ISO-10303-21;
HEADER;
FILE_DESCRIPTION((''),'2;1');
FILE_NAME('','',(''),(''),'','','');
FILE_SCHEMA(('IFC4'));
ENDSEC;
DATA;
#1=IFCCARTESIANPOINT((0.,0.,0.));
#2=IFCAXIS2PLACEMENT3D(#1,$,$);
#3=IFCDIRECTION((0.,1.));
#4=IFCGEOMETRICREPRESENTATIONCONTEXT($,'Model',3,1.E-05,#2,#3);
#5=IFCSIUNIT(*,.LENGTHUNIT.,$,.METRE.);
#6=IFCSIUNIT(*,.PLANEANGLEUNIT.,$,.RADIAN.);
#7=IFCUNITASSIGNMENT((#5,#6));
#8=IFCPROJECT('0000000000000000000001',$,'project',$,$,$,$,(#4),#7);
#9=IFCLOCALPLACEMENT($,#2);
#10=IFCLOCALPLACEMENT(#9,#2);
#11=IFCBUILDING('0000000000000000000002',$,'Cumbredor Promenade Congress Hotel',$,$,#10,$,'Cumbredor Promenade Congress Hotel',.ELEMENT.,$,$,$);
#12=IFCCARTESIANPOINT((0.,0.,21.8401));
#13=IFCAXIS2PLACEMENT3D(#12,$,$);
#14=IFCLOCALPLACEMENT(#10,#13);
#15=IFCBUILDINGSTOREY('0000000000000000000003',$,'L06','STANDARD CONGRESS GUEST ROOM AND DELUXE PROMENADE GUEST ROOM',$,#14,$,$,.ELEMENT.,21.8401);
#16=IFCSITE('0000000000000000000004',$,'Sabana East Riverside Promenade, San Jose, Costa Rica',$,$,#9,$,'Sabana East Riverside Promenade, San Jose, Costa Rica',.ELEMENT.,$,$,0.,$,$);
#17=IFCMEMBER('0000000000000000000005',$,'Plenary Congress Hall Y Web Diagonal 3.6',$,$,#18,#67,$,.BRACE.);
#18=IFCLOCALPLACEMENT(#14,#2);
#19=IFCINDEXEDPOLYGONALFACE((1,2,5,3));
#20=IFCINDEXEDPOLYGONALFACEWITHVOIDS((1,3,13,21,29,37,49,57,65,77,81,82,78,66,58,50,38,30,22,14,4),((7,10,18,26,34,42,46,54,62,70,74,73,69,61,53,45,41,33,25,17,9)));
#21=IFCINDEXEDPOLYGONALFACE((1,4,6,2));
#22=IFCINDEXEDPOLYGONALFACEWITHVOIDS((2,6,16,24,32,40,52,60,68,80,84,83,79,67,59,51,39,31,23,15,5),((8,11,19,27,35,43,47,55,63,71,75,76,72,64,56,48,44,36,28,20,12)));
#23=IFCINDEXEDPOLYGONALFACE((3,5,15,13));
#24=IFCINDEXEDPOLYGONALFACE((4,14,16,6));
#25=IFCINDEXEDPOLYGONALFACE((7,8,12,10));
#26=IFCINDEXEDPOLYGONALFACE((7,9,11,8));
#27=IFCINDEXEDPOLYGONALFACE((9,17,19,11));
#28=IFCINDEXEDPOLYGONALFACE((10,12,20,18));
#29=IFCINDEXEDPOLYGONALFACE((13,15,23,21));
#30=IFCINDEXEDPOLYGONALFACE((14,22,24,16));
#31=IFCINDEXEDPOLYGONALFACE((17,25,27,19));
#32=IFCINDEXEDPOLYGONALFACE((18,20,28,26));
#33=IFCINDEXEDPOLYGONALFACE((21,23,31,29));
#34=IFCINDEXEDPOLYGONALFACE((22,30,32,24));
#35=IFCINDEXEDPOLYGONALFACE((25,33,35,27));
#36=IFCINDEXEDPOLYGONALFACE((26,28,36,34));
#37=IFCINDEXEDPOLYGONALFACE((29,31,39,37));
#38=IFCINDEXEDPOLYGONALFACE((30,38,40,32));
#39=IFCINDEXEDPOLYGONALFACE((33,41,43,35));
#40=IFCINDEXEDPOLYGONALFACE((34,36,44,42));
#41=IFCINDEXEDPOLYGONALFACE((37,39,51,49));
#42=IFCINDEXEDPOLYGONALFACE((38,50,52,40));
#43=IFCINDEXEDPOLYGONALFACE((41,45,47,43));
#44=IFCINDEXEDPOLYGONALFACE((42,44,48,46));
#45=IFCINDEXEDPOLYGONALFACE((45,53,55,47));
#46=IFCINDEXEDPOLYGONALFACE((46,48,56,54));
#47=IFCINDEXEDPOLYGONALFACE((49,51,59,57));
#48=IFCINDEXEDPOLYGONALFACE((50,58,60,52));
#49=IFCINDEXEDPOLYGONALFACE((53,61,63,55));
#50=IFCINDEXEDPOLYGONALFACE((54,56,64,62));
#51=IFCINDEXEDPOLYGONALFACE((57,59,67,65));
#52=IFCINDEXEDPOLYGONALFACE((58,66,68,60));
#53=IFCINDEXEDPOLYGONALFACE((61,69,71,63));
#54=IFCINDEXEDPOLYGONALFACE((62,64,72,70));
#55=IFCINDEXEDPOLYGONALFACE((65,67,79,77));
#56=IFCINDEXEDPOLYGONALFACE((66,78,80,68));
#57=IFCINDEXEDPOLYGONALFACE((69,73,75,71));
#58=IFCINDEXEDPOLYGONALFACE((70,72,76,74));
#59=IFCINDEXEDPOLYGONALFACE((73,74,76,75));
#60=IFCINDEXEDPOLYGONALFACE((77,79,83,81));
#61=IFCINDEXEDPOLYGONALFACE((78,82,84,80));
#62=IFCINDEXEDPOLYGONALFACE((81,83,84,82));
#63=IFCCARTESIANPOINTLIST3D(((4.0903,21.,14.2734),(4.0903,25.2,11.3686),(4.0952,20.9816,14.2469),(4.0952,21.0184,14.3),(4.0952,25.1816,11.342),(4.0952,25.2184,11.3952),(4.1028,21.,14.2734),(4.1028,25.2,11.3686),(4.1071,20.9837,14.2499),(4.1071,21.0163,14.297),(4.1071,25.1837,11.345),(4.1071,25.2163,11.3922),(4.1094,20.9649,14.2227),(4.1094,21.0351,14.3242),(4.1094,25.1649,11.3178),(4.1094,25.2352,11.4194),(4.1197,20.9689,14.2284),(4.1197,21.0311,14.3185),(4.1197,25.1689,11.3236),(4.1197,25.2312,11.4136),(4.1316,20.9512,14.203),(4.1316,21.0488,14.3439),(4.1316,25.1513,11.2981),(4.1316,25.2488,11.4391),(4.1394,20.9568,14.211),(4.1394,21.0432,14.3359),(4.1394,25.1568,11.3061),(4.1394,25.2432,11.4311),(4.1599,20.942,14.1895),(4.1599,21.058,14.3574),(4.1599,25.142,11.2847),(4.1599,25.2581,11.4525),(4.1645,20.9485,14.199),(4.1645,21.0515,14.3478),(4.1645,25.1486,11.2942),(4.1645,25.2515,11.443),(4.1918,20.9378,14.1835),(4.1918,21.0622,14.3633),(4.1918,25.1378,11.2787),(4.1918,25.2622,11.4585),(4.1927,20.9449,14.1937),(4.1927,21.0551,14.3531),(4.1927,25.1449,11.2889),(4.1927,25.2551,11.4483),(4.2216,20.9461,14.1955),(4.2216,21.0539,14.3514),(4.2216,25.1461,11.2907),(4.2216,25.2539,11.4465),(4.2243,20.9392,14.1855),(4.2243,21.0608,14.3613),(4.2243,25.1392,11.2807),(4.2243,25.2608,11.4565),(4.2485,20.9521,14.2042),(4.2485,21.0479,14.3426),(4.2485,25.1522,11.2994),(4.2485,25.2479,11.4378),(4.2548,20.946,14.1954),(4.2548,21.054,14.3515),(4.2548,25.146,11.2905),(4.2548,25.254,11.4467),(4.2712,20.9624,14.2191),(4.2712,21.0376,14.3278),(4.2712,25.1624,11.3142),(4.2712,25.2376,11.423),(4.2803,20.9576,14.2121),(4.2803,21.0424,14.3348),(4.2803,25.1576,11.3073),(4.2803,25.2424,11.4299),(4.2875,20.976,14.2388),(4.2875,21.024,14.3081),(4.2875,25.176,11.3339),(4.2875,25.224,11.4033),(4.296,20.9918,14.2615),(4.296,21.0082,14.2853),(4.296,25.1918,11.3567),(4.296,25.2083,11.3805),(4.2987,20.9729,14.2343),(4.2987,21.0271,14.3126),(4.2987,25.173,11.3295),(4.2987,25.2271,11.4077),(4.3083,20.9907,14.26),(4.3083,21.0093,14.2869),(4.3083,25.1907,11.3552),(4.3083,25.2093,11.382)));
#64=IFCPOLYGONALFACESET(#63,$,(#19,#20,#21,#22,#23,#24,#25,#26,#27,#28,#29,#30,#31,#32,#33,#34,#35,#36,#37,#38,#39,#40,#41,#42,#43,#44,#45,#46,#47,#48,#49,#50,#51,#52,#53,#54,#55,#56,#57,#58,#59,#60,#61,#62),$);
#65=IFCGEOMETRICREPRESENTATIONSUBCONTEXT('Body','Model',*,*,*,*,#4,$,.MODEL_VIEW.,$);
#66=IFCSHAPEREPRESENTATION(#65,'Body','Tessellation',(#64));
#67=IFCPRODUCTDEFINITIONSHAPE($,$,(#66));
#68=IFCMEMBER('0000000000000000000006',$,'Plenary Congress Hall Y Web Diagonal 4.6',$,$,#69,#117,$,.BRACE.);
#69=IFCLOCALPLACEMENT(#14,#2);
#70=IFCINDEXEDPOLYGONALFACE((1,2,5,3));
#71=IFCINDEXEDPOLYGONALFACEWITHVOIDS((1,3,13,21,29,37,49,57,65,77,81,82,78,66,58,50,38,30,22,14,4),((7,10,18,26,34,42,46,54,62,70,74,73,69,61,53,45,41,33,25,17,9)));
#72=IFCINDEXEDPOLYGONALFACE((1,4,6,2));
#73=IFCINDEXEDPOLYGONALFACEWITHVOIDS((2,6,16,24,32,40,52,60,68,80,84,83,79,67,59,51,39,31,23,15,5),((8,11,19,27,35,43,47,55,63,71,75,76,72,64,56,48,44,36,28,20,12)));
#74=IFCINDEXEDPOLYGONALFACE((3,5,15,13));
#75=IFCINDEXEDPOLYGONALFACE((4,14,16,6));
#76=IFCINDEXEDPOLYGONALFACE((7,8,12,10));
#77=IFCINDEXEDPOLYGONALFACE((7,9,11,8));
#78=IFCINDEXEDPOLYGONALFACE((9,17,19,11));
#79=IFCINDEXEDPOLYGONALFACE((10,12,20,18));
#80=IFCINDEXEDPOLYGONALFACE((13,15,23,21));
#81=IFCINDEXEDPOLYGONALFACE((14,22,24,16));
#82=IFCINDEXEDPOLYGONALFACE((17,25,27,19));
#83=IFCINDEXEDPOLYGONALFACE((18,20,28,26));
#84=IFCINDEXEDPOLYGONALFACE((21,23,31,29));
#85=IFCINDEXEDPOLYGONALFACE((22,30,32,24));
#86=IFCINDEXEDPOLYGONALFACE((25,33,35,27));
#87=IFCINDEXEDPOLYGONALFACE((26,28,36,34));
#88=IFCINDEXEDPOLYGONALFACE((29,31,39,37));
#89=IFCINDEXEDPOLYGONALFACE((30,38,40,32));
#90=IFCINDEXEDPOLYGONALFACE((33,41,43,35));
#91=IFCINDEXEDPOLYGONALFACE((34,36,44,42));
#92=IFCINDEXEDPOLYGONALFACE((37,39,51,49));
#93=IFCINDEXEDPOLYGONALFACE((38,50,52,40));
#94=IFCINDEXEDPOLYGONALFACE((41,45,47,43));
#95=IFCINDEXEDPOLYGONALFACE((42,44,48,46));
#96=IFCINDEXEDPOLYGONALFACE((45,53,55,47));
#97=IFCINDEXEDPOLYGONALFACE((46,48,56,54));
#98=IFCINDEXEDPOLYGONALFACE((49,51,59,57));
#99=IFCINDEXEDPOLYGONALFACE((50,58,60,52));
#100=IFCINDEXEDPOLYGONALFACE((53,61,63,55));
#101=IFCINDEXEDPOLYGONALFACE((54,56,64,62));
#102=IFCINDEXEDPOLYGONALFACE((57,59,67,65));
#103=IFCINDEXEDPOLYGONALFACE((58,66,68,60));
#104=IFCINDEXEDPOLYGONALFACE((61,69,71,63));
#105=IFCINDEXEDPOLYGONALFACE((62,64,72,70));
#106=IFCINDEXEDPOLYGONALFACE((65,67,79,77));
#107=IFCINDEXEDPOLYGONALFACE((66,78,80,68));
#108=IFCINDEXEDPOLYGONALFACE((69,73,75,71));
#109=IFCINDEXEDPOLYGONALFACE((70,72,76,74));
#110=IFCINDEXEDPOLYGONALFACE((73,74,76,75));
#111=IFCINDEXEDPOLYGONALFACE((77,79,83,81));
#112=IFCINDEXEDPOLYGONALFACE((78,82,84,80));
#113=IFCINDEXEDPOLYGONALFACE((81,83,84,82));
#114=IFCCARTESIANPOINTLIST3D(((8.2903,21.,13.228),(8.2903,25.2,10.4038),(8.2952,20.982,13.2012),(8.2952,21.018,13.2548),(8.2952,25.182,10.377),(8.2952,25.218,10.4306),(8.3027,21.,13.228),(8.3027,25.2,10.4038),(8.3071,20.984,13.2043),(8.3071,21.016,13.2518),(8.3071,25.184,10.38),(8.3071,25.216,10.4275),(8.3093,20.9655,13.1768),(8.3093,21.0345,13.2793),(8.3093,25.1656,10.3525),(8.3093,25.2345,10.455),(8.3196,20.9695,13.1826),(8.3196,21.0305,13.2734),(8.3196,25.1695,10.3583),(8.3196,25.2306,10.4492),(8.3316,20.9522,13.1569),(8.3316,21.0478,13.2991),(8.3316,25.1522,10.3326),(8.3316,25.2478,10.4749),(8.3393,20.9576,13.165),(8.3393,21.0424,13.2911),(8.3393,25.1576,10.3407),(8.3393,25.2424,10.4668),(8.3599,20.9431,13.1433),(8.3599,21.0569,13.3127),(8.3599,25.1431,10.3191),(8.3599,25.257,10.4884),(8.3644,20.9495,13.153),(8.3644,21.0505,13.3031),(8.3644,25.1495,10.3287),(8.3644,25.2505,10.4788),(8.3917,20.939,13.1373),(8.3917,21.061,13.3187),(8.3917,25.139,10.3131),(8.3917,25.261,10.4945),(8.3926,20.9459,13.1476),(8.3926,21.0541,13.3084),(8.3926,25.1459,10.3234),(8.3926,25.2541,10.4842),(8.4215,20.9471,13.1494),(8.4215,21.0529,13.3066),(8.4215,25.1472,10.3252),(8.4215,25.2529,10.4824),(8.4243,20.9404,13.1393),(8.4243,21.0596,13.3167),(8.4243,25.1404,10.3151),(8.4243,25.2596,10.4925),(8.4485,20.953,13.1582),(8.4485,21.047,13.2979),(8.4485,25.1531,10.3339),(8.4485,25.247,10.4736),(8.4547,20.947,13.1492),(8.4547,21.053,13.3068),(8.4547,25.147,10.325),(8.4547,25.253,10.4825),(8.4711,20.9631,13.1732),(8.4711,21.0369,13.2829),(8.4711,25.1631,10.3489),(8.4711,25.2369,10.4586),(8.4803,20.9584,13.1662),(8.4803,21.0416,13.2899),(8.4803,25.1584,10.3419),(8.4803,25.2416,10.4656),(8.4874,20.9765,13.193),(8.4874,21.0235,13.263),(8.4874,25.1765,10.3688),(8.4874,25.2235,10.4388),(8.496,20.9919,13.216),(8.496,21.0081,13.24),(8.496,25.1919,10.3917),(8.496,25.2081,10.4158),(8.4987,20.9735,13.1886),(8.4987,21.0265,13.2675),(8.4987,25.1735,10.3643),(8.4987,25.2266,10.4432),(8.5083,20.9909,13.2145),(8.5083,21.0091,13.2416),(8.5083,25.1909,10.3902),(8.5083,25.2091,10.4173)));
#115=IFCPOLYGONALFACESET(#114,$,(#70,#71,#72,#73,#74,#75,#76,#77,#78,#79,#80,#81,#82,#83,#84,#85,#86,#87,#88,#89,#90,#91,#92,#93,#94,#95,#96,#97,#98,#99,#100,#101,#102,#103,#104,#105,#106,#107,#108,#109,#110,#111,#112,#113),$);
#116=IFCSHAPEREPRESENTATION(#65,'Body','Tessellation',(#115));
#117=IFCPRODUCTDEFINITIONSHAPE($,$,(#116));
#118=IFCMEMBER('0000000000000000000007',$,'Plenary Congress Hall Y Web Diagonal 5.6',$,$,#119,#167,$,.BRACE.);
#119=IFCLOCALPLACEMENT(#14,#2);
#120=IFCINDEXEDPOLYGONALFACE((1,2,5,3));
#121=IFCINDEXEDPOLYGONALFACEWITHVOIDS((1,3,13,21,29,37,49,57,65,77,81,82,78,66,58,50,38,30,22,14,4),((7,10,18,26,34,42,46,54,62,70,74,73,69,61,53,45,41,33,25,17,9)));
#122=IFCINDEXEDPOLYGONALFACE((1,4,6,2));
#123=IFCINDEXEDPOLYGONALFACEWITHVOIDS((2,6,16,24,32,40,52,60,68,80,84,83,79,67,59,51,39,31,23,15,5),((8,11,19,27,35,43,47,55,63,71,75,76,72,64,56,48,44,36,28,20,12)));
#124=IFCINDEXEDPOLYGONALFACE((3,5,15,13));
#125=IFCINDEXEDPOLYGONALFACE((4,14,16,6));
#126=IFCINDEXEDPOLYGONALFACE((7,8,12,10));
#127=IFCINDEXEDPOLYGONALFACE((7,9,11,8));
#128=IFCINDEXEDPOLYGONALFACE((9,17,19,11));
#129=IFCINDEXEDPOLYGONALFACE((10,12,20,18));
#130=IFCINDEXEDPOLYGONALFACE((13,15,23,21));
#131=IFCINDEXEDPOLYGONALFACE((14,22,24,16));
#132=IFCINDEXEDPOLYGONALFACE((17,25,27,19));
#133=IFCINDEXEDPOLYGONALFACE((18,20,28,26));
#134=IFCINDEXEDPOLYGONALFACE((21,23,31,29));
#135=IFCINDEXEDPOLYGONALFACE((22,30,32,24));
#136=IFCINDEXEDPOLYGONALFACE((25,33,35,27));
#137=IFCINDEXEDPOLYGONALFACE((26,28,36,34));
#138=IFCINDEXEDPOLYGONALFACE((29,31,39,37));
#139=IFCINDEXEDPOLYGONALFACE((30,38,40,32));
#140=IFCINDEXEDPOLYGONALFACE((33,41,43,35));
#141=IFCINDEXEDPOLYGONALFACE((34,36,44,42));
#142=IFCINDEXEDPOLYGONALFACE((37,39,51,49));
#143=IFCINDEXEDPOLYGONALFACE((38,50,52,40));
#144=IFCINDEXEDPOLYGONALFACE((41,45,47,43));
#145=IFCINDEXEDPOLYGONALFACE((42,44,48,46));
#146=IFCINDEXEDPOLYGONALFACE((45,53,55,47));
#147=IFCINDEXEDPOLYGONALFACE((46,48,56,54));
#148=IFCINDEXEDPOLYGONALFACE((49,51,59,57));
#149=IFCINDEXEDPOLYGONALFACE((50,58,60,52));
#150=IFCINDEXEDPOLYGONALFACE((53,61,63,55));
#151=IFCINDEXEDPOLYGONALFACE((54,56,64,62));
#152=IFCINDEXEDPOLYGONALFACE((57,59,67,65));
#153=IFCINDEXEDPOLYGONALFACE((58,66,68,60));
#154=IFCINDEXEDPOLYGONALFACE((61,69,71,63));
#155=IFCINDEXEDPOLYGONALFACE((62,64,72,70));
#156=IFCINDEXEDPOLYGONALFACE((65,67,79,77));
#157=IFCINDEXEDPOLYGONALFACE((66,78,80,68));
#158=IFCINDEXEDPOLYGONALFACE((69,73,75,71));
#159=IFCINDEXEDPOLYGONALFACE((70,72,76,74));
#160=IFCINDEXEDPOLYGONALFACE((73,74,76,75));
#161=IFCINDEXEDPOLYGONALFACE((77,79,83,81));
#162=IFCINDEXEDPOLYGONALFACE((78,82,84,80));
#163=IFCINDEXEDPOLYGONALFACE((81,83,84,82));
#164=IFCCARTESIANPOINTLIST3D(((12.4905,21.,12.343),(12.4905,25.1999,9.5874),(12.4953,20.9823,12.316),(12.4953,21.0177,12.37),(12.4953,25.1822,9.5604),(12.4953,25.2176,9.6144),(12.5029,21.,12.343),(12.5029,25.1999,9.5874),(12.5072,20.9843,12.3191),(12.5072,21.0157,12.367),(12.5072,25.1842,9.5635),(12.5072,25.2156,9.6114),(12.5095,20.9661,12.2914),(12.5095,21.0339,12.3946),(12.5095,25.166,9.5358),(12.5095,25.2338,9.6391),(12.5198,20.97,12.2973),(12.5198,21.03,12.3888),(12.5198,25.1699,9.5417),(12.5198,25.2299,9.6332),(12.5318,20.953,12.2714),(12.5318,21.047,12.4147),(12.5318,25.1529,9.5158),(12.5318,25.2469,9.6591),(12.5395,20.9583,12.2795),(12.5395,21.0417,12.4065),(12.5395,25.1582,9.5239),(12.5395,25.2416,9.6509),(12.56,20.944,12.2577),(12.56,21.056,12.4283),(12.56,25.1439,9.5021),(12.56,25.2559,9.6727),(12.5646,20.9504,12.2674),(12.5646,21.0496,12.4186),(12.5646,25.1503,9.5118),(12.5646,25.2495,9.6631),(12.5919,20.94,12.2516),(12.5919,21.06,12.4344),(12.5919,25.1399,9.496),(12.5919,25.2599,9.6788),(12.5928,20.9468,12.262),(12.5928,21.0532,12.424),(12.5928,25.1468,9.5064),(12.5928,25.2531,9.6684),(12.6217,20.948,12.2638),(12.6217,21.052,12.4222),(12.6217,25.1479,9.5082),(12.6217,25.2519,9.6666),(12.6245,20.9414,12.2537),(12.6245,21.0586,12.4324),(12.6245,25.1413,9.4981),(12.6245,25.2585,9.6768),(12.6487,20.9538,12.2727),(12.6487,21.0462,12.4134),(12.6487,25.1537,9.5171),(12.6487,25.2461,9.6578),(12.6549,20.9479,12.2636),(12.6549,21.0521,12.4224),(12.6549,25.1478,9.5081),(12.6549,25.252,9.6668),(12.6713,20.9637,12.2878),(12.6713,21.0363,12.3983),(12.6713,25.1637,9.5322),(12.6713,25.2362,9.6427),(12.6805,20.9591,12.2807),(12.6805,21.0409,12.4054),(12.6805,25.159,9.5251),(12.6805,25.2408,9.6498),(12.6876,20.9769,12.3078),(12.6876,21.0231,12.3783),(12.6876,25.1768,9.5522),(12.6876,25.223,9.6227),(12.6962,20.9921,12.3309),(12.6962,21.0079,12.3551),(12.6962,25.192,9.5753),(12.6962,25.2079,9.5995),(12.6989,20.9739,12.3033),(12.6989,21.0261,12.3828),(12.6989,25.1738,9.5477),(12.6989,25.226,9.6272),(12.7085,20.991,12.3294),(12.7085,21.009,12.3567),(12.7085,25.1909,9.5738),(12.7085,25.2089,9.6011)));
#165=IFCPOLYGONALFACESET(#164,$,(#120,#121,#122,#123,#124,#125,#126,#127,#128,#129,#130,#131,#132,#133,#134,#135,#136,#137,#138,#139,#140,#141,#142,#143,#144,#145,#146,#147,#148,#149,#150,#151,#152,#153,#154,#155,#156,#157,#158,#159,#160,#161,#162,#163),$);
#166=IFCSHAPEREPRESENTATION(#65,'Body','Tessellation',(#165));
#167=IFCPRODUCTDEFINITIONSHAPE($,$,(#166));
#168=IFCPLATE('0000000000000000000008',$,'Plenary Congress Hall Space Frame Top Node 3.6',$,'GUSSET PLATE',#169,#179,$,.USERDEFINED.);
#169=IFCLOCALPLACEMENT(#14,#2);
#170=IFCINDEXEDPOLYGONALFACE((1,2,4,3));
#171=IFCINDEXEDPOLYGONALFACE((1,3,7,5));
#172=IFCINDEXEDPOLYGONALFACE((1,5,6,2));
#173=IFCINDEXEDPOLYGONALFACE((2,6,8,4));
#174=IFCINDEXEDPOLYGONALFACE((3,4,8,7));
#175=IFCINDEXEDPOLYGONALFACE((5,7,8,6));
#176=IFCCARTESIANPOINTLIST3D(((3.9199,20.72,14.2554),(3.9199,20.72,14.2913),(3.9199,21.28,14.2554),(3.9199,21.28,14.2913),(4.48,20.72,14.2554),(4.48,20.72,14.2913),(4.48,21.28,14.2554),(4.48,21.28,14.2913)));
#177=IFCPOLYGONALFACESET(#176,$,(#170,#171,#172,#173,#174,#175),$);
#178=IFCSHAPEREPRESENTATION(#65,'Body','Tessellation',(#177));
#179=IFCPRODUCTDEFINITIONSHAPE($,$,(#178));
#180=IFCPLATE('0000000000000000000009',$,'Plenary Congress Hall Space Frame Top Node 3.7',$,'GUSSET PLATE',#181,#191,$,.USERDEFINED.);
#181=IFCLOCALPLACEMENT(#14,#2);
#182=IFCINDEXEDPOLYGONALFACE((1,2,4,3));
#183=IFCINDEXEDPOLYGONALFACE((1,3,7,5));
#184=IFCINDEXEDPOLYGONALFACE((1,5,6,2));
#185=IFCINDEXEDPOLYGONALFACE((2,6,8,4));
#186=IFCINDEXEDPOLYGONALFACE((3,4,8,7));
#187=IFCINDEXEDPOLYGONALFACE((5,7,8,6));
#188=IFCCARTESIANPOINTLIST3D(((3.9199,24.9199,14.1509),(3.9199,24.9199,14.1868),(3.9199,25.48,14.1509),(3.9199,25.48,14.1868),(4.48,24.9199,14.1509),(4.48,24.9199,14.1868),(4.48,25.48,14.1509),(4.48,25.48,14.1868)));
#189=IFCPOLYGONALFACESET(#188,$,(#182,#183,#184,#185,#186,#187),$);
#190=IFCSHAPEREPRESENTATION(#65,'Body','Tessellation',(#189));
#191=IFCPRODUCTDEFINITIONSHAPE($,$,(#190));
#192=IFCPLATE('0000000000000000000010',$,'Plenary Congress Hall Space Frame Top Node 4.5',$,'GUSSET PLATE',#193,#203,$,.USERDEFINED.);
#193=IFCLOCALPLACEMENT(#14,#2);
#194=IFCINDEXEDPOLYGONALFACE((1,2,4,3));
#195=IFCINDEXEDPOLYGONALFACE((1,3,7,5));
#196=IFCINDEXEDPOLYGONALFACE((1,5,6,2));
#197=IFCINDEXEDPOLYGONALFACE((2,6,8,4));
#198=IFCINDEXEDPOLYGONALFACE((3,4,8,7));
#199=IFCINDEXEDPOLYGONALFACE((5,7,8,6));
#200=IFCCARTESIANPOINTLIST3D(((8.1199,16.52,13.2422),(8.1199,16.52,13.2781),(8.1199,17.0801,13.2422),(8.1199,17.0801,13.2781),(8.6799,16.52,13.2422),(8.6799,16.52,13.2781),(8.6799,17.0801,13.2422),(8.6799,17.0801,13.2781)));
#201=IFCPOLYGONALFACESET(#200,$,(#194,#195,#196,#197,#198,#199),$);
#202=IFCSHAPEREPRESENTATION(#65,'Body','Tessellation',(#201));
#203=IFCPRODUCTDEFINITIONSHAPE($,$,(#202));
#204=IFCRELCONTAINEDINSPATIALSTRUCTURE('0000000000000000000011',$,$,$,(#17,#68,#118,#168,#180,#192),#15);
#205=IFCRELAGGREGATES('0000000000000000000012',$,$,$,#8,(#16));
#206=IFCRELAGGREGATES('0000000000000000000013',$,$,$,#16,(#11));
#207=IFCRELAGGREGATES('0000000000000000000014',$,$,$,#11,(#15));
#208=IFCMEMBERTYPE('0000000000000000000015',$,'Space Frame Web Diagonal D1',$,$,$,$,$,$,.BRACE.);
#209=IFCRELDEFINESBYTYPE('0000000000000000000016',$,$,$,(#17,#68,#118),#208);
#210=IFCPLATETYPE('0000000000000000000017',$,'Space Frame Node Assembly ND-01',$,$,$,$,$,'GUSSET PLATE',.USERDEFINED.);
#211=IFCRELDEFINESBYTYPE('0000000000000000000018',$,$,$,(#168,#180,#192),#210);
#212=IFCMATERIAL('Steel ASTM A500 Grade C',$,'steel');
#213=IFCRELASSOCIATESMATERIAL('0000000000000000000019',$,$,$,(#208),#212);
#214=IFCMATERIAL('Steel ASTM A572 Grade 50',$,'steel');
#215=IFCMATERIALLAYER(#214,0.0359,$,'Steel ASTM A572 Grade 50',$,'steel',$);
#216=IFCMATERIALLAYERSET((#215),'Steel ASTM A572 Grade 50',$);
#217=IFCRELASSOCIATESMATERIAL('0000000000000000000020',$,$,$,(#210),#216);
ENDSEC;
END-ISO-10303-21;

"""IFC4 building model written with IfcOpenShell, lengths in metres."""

from ifc_helpers import new_model, si_unit, direction, frame, origin, origin_2d, place, context, subcontext, project, spatial, rectangle, hollow_circle, extrude, material, layer, layer_set, material_profile, profile_set, type_object, element, save


model = new_model("IFC4")

# Units and contexts
model_context = context("Model", 3, precision=1e-05, world=origin(), true_north=direction((0.0, 1.0)))
body_context = subcontext(model_context, "Body", "Model", "MODEL_VIEW")
ifc_project = project(units=[si_unit("LENGTHUNIT", "METRE"), si_unit("PLANEANGLEUNIT", "RADIAN")], contexts=[model_context])

# Site, building, storey
site_placement = place(None, origin())
site = spatial("IfcSite", under=ifc_project, at=site_placement, Name="Sabana East Riverside Promenade, San Jose, Costa Rica", LongName="Sabana East Riverside Promenade, San Jose, Costa Rica", CompositionType="ELEMENT", RefElevation=0.0)
building_placement = place(site_placement, origin())
building = spatial("IfcBuilding", under=site, at=building_placement, Name="Cumbredor Promenade Congress Hotel", LongName="Cumbredor Promenade Congress Hotel", CompositionType="ELEMENT")
storey_placement = place(building_placement, frame((0.0, 0.0, 21.8401)))
storey = spatial("IfcBuildingStorey", under=building, at=storey_placement, Name="L06", Description="STANDARD CONGRESS GUEST ROOM AND DELUXE PROMENADE GUEST ROOM", CompositionType="ELEMENT", Elevation=21.8401)

# Members
ifc_material_1 = material(Name="Steel ASTM A500 Grade C", Category="steel")
ifc_material_profile_1 = material_profile(ifc_material_1, hollow_circle(Radius=0.1096, WallThickness=0.0125, at=origin_2d()), Name="CHS 219.1x12.5")
ifc_profile_set_1 = profile_set([ifc_material_profile_1], Name="Steel ASTM A500 Grade C")
member_type_1 = type_object("IfcMemberType", Name="Space Frame Web Diagonal D1", PredefinedType="BRACE", material=ifc_profile_set_1)
member_1_placement = place(storey_placement, frame((4.2, 21.0, 14.2734), z_axis=(0.0, 0.822455, -0.56883), x_axis=(-1.0, 0.0, 0.0)))
element("IfcMember", 1, at=member_1_placement, inside=storey, type_object=member_type_1, Name="Plenary Congress Hall Y Web Diagonal 3.6", PredefinedType="BRACE", context=body_context, shape_type="SweptSolid", body=[
    extrude(hollow_circle(Radius=0.1096, WallThickness=0.0125, at=origin_2d()), origin(), (0.0, 0.0, 1.0), 5.1067),
])
member_2_placement = place(storey_placement, frame((8.3999, 21.0, 13.228), z_axis=(0.0, 0.829832, -0.558013), x_axis=(-1.0, 0.0, 0.0)))
element("IfcMember", 2, at=member_2_placement, inside=storey, type_object=member_type_1, Name="Plenary Congress Hall Y Web Diagonal 4.6", PredefinedType="BRACE", context=body_context, shape_type="SweptSolid", body=[
    extrude(hollow_circle(Radius=0.1096, WallThickness=0.0125, at=origin_2d()), origin(), (0.0, 0.0, 1.0), 5.0613),
])
member_3_placement = place(storey_placement, frame((12.6001, 21.0, 12.343), z_axis=(0.0, 0.836103, -0.548573), x_axis=(-1.0, 0.0, 0.0)))
element("IfcMember", 3, at=member_3_placement, inside=storey, type_object=member_type_1, Name="Plenary Congress Hall Y Web Diagonal 5.6", PredefinedType="BRACE", context=body_context, shape_type="SweptSolid", body=[
    extrude(hollow_circle(Radius=0.1096, WallThickness=0.0125, at=origin_2d()), origin(), (0.0, 0.0, 1.0), 5.0232),
])

# Plates
ifc_material_2 = material(Name="Steel ASTM A572 Grade 50", Category="steel")
ifc_layer = layer(ifc_material_2, 0.0359, Name="Steel ASTM A572 Grade 50", Category="steel")
ifc_layer_set = layer_set([ifc_layer], Name="Steel ASTM A572 Grade 50")
plate_type = type_object("IfcPlateType", Name="Space Frame Node Assembly ND-01", ElementType="GUSSET PLATE", PredefinedType="USERDEFINED", material=ifc_layer_set)
for number, where, z_axis, x_axis, name in (
    (4, (4.2, 21.0, 14.2554), (0.0, 0.0, 1.0), (1.0, 0.0, 0.0), "Plenary Congress Hall Space Frame Top Node 3.6"),
    (5, (4.2, 25.2, 14.1509), (0.0, 0.0, 1.0), (1.0, 0.0, 0.0), "Plenary Congress Hall Space Frame Top Node 3.7"),
    (6, (8.3999, 16.8, 13.2422), (0.0, 0.0, 1.0), (1.0, 0.0, 0.0), "Plenary Congress Hall Space Frame Top Node 4.5"),
):
    element("IfcPlate", number, at=place(storey_placement, frame(where, z_axis=z_axis, x_axis=x_axis)), inside=storey, type_object=plate_type, Name=name, ObjectType="GUSSET PLATE", PredefinedType="USERDEFINED", context=body_context, shape_type="SweptSolid", body=[
        extrude(rectangle(XDim=0.5601, YDim=0.5601, at=origin_2d()), origin(), (0.0, 0.0, 1.0), 0.0359),
    ])

save(model, "model.ifc")
